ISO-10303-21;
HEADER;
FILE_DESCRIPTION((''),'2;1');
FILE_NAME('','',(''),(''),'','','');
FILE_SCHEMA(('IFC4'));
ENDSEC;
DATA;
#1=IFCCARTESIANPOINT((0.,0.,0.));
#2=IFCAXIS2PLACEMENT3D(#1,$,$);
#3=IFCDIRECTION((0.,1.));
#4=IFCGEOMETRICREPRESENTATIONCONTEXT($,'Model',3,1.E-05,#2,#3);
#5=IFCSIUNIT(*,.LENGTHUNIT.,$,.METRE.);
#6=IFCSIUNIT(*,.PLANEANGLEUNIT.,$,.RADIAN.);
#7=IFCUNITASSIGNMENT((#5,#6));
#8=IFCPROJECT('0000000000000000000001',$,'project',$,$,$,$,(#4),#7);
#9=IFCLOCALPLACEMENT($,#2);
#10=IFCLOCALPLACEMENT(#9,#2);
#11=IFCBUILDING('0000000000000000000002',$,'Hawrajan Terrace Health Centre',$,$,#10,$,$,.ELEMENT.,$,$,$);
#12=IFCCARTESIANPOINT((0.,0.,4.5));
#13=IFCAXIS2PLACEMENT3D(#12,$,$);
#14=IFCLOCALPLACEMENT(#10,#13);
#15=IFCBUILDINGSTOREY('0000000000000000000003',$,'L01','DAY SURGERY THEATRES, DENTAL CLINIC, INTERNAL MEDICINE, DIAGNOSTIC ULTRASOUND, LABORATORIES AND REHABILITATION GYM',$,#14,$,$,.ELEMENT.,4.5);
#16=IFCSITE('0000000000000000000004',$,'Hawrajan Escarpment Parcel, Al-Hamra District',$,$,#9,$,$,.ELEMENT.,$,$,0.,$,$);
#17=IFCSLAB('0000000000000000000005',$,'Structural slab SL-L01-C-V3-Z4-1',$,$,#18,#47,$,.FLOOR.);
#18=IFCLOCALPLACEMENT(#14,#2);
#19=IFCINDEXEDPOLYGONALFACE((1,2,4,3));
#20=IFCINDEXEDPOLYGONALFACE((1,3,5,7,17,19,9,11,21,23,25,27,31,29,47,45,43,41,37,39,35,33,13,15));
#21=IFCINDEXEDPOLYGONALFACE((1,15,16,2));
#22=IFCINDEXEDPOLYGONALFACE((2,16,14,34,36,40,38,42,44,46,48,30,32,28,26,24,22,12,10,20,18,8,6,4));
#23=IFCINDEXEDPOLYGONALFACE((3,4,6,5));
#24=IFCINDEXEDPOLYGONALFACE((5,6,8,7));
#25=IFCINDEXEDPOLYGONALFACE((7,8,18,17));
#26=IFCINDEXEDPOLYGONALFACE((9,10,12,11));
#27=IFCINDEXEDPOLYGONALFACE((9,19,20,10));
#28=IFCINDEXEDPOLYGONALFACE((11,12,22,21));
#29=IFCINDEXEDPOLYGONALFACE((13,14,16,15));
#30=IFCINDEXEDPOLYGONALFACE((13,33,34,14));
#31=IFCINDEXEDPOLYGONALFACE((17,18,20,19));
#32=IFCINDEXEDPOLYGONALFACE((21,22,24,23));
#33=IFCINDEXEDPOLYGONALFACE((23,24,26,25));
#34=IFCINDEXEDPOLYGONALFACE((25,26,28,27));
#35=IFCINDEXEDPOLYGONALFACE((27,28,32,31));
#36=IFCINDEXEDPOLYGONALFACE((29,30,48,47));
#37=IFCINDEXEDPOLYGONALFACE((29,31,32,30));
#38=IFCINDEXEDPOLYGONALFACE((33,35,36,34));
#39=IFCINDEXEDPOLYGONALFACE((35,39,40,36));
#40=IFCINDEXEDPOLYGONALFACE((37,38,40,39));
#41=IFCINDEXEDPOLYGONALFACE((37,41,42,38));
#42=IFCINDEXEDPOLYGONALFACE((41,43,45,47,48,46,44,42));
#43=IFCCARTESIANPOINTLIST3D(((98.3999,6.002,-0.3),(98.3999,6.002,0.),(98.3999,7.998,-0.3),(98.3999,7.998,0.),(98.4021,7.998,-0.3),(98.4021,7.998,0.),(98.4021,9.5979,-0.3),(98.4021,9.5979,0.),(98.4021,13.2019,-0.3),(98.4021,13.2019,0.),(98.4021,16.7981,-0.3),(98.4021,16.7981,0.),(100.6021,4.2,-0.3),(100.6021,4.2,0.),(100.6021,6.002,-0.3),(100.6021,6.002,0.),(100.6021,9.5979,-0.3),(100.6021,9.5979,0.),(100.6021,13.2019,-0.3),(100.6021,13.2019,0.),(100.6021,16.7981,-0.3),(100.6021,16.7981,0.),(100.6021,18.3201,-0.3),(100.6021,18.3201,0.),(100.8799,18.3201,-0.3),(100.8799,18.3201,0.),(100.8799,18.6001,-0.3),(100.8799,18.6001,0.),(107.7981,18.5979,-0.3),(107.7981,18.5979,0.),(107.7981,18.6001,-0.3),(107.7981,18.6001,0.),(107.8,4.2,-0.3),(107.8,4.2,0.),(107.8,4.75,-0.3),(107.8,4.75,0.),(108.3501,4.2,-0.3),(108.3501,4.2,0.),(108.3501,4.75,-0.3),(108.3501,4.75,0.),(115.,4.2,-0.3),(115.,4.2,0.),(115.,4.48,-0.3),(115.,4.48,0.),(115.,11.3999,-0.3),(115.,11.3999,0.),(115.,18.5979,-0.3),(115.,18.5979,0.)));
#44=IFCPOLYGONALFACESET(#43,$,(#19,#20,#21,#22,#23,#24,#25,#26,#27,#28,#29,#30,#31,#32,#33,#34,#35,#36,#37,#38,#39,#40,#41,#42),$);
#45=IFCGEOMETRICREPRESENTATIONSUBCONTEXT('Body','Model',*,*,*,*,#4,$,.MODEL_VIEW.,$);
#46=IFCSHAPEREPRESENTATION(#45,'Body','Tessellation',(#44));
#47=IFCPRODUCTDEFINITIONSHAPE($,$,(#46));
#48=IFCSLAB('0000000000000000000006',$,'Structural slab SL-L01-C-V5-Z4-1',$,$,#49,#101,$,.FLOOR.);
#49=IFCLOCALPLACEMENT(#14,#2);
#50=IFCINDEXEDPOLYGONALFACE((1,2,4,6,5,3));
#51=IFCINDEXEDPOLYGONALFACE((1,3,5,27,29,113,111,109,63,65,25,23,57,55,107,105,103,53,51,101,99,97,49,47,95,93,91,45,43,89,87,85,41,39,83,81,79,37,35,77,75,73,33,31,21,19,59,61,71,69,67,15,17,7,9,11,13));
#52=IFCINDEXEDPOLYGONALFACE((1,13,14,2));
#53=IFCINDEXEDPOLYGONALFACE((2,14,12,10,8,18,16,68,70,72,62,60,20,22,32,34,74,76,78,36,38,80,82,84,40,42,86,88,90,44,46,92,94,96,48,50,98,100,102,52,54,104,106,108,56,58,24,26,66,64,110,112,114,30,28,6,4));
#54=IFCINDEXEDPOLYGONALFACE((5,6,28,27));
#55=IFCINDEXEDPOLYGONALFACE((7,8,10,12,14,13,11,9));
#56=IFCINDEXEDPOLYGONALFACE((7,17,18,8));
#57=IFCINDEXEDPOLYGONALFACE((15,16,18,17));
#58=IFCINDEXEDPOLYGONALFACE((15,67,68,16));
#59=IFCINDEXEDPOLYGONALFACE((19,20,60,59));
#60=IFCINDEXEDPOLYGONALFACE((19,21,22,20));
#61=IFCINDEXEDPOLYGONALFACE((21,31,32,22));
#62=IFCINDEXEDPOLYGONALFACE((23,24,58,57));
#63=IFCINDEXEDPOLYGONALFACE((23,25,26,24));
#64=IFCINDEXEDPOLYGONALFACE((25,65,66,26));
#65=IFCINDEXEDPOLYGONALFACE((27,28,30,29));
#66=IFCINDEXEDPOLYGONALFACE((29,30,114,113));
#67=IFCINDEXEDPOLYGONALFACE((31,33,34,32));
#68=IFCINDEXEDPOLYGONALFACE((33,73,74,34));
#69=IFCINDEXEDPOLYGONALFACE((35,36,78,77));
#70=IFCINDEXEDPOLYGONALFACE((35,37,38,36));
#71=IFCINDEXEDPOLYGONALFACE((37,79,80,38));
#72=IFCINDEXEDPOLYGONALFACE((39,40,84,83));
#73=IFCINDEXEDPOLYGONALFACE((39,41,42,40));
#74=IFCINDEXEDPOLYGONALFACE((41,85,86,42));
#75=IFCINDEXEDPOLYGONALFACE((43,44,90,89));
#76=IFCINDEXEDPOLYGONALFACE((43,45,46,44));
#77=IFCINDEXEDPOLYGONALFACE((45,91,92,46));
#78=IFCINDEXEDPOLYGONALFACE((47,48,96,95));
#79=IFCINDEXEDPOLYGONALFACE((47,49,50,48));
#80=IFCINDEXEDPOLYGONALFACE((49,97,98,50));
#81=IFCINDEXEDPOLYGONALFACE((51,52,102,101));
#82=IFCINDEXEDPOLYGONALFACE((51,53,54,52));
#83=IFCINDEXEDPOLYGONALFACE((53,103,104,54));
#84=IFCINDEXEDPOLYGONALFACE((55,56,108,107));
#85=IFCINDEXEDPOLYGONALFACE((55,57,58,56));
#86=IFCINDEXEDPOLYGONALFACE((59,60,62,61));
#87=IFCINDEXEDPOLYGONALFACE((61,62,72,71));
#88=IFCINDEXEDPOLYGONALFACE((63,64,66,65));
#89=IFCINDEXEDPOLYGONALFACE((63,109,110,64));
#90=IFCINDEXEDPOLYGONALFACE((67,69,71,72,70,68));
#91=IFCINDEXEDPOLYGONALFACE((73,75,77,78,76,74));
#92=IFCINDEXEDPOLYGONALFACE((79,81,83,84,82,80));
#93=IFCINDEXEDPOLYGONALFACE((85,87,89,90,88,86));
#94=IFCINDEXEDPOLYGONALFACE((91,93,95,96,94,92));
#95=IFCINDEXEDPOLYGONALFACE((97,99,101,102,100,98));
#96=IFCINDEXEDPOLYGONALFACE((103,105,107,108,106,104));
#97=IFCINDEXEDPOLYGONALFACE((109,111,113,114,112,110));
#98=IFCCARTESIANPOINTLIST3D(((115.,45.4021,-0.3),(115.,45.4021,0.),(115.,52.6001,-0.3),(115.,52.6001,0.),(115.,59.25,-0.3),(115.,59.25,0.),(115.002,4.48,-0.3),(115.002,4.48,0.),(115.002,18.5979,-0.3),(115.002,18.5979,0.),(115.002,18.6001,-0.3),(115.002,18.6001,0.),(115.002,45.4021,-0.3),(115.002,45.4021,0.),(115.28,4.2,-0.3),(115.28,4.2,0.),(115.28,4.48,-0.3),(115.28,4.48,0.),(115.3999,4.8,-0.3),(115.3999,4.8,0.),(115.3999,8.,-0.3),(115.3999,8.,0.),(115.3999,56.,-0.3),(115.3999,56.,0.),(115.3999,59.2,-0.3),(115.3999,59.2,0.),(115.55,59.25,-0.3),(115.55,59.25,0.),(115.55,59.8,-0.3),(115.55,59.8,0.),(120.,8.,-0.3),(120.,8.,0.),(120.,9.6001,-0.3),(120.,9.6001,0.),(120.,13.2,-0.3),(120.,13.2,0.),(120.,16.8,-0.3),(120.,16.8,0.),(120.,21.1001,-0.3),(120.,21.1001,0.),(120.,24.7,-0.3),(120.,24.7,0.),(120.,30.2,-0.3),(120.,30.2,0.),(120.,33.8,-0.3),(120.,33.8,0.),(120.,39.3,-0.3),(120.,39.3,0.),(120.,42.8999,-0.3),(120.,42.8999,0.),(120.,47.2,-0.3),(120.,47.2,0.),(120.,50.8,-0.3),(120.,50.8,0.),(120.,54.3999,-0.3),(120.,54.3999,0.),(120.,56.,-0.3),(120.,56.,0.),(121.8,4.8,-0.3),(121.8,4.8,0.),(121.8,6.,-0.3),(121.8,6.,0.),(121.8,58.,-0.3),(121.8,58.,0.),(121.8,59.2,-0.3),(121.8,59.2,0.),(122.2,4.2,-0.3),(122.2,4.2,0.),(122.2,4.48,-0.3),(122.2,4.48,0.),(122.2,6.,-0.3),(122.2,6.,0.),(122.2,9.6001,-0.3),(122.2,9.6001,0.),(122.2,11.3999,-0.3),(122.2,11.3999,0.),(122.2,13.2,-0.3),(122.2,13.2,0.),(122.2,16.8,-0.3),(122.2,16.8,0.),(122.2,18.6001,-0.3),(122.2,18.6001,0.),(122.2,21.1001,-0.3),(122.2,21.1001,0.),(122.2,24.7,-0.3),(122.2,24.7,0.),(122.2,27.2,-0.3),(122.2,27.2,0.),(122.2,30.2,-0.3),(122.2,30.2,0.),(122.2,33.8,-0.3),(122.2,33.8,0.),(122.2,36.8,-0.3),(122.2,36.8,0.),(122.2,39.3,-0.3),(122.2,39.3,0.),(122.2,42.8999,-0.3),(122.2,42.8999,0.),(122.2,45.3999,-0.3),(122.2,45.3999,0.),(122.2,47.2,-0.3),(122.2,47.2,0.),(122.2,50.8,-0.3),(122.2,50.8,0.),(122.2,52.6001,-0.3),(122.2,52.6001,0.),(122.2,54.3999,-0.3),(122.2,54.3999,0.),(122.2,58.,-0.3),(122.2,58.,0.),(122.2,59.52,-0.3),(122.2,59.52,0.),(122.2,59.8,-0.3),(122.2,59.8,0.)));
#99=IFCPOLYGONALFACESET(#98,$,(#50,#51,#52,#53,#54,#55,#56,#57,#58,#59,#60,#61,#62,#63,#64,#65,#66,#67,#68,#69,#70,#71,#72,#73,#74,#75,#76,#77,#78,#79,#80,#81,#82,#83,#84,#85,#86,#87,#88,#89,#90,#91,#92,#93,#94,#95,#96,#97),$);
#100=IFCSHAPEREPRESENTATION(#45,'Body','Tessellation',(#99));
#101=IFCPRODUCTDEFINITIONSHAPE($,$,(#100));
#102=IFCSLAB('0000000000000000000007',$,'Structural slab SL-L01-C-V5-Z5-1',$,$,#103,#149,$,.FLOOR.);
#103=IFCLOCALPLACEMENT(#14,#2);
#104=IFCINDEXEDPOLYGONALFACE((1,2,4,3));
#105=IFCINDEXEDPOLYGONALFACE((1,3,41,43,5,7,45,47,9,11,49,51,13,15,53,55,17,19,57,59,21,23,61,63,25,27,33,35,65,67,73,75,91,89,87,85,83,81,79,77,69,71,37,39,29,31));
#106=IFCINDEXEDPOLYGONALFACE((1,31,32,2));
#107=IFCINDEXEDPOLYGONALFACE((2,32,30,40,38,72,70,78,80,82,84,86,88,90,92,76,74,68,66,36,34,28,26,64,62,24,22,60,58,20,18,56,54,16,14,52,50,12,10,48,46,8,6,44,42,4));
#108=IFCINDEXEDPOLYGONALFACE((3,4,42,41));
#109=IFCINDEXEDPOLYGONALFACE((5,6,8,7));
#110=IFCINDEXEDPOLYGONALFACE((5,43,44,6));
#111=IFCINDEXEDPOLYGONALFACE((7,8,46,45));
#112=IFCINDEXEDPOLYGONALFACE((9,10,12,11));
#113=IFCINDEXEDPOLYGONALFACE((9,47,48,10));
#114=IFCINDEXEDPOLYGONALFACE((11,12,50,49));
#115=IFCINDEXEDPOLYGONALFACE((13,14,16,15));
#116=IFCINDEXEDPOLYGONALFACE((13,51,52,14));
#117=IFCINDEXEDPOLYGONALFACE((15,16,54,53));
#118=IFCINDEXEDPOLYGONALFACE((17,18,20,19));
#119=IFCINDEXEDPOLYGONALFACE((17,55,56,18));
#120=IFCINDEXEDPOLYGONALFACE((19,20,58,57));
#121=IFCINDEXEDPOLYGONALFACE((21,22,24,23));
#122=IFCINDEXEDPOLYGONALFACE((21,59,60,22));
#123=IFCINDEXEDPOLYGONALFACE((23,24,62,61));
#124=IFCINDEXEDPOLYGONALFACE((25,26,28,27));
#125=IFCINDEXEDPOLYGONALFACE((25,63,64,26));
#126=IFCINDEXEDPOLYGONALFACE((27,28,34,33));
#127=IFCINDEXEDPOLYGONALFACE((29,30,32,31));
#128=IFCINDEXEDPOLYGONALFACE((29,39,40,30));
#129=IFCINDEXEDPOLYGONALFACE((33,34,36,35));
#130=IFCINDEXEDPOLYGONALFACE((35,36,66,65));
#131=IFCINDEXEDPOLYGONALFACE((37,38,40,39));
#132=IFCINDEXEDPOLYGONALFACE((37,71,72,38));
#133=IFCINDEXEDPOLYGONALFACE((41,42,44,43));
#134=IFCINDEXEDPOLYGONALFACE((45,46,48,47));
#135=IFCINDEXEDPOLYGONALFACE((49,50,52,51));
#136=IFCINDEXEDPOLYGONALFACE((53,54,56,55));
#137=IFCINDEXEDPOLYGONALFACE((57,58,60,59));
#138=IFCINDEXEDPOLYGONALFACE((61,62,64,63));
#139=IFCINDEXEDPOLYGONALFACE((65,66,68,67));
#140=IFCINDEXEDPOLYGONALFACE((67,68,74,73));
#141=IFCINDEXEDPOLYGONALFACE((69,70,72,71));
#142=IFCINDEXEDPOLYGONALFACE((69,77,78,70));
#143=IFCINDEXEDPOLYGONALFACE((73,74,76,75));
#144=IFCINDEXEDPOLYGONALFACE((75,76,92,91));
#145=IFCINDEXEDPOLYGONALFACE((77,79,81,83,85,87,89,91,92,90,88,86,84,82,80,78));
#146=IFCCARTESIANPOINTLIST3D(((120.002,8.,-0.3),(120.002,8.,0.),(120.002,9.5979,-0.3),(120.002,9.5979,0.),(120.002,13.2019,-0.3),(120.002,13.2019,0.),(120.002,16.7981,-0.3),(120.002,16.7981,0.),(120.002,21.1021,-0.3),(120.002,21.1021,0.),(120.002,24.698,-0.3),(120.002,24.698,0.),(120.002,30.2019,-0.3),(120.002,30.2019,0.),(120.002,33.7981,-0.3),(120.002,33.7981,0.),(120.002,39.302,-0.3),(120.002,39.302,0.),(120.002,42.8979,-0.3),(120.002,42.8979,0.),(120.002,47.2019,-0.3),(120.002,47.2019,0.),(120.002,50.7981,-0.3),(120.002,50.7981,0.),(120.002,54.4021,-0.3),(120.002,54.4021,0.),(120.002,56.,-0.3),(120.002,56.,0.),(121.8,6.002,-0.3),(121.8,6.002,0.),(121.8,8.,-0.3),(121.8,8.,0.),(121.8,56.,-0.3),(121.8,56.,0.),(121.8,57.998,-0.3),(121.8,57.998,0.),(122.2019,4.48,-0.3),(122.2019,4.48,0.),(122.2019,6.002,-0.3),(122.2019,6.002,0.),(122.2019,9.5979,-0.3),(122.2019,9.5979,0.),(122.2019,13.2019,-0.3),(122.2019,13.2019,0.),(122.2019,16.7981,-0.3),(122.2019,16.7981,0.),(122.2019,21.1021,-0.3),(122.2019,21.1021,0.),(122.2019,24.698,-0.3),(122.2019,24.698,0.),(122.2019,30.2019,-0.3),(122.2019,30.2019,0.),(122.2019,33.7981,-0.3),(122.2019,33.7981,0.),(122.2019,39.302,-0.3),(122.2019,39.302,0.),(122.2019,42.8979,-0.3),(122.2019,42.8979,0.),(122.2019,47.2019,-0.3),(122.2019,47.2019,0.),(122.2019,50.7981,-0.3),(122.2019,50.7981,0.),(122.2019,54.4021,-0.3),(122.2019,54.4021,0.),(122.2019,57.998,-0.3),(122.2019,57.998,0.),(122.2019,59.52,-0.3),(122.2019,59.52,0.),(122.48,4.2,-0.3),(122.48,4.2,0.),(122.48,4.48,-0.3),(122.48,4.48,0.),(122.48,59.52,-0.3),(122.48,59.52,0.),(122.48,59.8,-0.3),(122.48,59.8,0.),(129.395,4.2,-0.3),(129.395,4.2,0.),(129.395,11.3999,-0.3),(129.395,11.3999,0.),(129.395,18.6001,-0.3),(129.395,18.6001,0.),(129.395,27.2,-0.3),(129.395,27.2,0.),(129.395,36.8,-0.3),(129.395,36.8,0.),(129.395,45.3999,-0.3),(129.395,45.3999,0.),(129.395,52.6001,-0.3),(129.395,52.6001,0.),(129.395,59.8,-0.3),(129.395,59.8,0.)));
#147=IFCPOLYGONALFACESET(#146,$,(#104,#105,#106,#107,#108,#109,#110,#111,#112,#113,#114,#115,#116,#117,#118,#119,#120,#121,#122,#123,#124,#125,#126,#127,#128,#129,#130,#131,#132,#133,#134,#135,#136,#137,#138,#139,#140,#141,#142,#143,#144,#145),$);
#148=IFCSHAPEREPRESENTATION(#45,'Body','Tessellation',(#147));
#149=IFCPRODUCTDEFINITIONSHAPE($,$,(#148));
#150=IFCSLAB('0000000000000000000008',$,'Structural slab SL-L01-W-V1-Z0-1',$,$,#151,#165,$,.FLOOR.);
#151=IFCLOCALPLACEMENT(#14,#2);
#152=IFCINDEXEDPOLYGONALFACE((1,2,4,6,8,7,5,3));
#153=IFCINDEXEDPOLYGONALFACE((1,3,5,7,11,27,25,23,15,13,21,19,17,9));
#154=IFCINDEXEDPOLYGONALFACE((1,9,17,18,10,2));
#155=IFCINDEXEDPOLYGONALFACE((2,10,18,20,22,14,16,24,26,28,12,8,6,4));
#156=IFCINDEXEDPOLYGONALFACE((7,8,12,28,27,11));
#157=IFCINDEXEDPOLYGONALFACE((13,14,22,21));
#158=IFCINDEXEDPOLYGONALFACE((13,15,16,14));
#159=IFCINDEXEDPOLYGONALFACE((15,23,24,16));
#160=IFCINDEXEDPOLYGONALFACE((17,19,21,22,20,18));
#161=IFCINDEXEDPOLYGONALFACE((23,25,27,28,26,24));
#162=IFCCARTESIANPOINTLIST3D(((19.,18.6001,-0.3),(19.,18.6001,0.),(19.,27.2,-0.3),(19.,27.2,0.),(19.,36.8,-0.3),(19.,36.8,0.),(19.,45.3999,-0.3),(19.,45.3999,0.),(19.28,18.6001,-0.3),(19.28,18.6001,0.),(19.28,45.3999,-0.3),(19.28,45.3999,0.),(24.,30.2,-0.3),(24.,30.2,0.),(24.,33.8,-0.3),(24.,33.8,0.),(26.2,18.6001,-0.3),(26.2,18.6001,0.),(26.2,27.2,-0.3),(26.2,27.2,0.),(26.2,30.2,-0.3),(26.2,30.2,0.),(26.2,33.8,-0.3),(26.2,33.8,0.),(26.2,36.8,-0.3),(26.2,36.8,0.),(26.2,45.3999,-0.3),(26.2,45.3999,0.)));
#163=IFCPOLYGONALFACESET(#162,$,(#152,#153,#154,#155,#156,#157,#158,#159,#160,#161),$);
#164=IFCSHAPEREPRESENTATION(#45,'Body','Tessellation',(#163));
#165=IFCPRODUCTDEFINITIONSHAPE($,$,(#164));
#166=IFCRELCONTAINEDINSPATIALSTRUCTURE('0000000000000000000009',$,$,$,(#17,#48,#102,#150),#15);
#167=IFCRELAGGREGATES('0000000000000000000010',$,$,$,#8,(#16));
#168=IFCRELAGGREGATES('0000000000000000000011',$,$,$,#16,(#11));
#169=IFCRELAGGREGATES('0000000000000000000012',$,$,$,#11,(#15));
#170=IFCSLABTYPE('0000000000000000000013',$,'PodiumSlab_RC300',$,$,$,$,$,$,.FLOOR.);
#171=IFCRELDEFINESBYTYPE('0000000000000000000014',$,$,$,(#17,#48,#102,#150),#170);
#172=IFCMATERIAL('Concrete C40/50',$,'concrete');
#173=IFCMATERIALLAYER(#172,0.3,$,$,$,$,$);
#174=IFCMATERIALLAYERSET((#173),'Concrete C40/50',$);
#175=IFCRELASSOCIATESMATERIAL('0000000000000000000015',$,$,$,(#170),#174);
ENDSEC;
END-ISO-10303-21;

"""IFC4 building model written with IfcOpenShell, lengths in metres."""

from ifc_helpers import new_model, si_unit, direction, frame, origin, place, context, subcontext, project, spatial, polyline, outline, extrude, material, layer, layer_set, type_object, element, save


model = new_model("IFC4")

# Units and contexts
model_context = context("Model", 3, precision=1e-05, world=origin(), true_north=direction((0.0, 1.0)))
body_context = subcontext(model_context, "Body", "Model", "MODEL_VIEW")
ifc_project = project(units=[si_unit("LENGTHUNIT", "METRE"), si_unit("PLANEANGLEUNIT", "RADIAN")], contexts=[model_context])

# Site, building, storey
site_placement = place(None, origin())
site = spatial("IfcSite", under=ifc_project, at=site_placement, Name="Hawrajan Escarpment Parcel, Al-Hamra District", CompositionType="ELEMENT", RefElevation=0.0)
building_placement = place(site_placement, origin())
building = spatial("IfcBuilding", under=site, at=building_placement, Name="Hawrajan Terrace Health Centre", CompositionType="ELEMENT")
storey_placement = place(building_placement, frame((0.0, 0.0, 4.5)))
storey = spatial("IfcBuildingStorey", under=building, at=storey_placement, Name="L01", Description="DAY SURGERY THEATRES, DENTAL CLINIC, INTERNAL MEDICINE, DIAGNOSTIC ULTRASOUND, LABORATORIES AND REHABILITATION GYM", CompositionType="ELEMENT", Elevation=4.5)

# Slabs
ifc_material_1 = material(Name="Concrete C40/50", Category="concrete")
ifc_layer_1 = layer(ifc_material_1, 0.3)
ifc_layer_set_1 = layer_set([ifc_layer_1], Name="Concrete C40/50")
slab_type_1 = type_object("IfcSlabType", Name="PodiumSlab_RC300", PredefinedType="FLOOR", material=ifc_layer_set_1)
slab_1_placement = place(storey_placement, frame((0.0, 0.0, -0.3)))
element("IfcSlab", 1, at=slab_1_placement, inside=storey, type_object=slab_type_1, Name="Structural slab SL-L01-C-V3-Z4-1", PredefinedType="FLOOR", context=body_context, shape_type="SweptSolid", body=[
    extrude(outline(polyline([(100.8799, 18.3201), (100.8799, 18.6001), (107.7981, 18.6001), (107.7981, 18.5979), (115.0, 18.5979), (115.0, 11.3999), (115.0, 4.48), (115.0, 4.2), (108.3501, 4.2), (108.3501, 4.75), (107.8, 4.75), (107.8, 4.2), (100.6021, 4.2), (100.6021, 6.002), (98.3999, 6.002), (98.3999, 7.998), (98.4021, 7.998), (98.4021, 9.5979), (100.6021, 9.5979), (100.6021, 13.2019), (98.4021, 13.2019), (98.4021, 16.7981), (100.6021, 16.7981), (100.6021, 18.3201), (100.8799, 18.3201)])), origin(), (0.0, 0.0, 1.0), 0.3),
])
slab_2_placement = place(storey_placement, frame((0.0, 0.0, -0.3)))
element("IfcSlab", 2, at=slab_2_placement, inside=storey, type_object=slab_type_1, Name="Structural slab SL-L01-C-V5-Z4-1", PredefinedType="FLOOR", context=body_context, shape_type="SweptSolid", body=[
    extrude(outline(polyline([(115.0, 52.6001), (115.0, 59.25), (115.55, 59.25), (115.55, 59.8), (122.2, 59.8), (122.2, 59.52), (122.2, 58.0), (121.8, 58.0), (121.8, 59.2), (115.3999, 59.2), (115.3999, 56.0), (120.0, 56.0), (120.0, 54.3999), (122.2, 54.3999), (122.2, 52.6001), (122.2, 50.8), (120.0, 50.8), (120.0, 47.2), (122.2, 47.2), (122.2, 45.3999), (122.2, 42.8999), (120.0, 42.8999), (120.0, 39.3), (122.2, 39.3), (122.2, 36.8), (122.2, 33.8), (120.0, 33.8), (120.0, 30.2), (122.2, 30.2), (122.2, 27.2), (122.2, 24.7), (120.0, 24.7), (120.0, 21.1001), (122.2, 21.1001), (122.2, 18.6001), (122.2, 16.8), (120.0, 16.8), (120.0, 13.2), (122.2, 13.2), (122.2, 11.3999), (122.2, 9.6001), (120.0, 9.6001), (120.0, 8.0), (115.3999, 8.0), (115.3999, 4.8), (121.8, 4.8), (121.8, 6.0), (122.2, 6.0), (122.2, 4.48), (122.2, 4.2), (115.28, 4.2), (115.28, 4.48), (115.002, 4.48), (115.002, 18.5979), (115.002, 18.6001), (115.002, 45.4021), (115.0, 45.4021), (115.0, 52.6001)])), origin(), (0.0, 0.0, 1.0), 0.3),
])
slab_3_placement = place(storey_placement, frame((0.0, 0.0, -0.3)))
element("IfcSlab", 3, at=slab_3_placement, inside=storey, type_object=slab_type_1, Name="Structural slab SL-L01-C-V5-Z5-1", PredefinedType="FLOOR", context=body_context, shape_type="SweptSolid", body=[
    extrude(outline(polyline([(121.8, 56.0), (121.8, 57.998), (122.2019, 57.998), (122.2019, 59.52), (122.48, 59.52), (122.48, 59.8), (129.395, 59.8), (129.395, 52.6001), (129.395, 45.3999), (129.395, 36.8), (129.395, 27.2), (129.395, 18.6001), (129.395, 11.3999), (129.395, 4.2), (122.48, 4.2), (122.48, 4.48), (122.2019, 4.48), (122.2019, 6.002), (121.8, 6.002), (121.8, 8.0), (120.002, 8.0), (120.002, 9.5979), (122.2019, 9.5979), (122.2019, 13.2019), (120.002, 13.2019), (120.002, 16.7981), (122.2019, 16.7981), (122.2019, 21.1021), (120.002, 21.1021), (120.002, 24.698), (122.2019, 24.698), (122.2019, 30.2019), (120.002, 30.2019), (120.002, 33.7981), (122.2019, 33.7981), (122.2019, 39.302), (120.002, 39.302), (120.002, 42.8979), (122.2019, 42.8979), (122.2019, 47.2019), (120.002, 47.2019), (120.002, 50.7981), (122.2019, 50.7981), (122.2019, 54.4021), (120.002, 54.4021), (120.002, 56.0), (121.8, 56.0)])), origin(), (0.0, 0.0, 1.0), 0.3),
])
slab_4_placement = place(storey_placement, frame((0.0, 0.0, -0.3)))
element("IfcSlab", 4, at=slab_4_placement, inside=storey, type_object=slab_type_1, Name="Structural slab SL-L01-W-V1-Z0-1", PredefinedType="FLOOR", context=body_context, shape_type="SweptSolid", body=[
    extrude(outline(polyline([(19.0, 18.6001), (19.0, 27.2), (19.0, 36.8), (19.0, 45.3999), (19.28, 45.3999), (26.2, 45.3999), (26.2, 36.8), (26.2, 33.8), (24.0, 33.8), (24.0, 30.2), (26.2, 30.2), (26.2, 27.2), (26.2, 18.6001), (19.28, 18.6001), (19.0, 18.6001)])), origin(), (0.0, 0.0, 1.0), 0.3),
])

save(model, "model.ifc")
